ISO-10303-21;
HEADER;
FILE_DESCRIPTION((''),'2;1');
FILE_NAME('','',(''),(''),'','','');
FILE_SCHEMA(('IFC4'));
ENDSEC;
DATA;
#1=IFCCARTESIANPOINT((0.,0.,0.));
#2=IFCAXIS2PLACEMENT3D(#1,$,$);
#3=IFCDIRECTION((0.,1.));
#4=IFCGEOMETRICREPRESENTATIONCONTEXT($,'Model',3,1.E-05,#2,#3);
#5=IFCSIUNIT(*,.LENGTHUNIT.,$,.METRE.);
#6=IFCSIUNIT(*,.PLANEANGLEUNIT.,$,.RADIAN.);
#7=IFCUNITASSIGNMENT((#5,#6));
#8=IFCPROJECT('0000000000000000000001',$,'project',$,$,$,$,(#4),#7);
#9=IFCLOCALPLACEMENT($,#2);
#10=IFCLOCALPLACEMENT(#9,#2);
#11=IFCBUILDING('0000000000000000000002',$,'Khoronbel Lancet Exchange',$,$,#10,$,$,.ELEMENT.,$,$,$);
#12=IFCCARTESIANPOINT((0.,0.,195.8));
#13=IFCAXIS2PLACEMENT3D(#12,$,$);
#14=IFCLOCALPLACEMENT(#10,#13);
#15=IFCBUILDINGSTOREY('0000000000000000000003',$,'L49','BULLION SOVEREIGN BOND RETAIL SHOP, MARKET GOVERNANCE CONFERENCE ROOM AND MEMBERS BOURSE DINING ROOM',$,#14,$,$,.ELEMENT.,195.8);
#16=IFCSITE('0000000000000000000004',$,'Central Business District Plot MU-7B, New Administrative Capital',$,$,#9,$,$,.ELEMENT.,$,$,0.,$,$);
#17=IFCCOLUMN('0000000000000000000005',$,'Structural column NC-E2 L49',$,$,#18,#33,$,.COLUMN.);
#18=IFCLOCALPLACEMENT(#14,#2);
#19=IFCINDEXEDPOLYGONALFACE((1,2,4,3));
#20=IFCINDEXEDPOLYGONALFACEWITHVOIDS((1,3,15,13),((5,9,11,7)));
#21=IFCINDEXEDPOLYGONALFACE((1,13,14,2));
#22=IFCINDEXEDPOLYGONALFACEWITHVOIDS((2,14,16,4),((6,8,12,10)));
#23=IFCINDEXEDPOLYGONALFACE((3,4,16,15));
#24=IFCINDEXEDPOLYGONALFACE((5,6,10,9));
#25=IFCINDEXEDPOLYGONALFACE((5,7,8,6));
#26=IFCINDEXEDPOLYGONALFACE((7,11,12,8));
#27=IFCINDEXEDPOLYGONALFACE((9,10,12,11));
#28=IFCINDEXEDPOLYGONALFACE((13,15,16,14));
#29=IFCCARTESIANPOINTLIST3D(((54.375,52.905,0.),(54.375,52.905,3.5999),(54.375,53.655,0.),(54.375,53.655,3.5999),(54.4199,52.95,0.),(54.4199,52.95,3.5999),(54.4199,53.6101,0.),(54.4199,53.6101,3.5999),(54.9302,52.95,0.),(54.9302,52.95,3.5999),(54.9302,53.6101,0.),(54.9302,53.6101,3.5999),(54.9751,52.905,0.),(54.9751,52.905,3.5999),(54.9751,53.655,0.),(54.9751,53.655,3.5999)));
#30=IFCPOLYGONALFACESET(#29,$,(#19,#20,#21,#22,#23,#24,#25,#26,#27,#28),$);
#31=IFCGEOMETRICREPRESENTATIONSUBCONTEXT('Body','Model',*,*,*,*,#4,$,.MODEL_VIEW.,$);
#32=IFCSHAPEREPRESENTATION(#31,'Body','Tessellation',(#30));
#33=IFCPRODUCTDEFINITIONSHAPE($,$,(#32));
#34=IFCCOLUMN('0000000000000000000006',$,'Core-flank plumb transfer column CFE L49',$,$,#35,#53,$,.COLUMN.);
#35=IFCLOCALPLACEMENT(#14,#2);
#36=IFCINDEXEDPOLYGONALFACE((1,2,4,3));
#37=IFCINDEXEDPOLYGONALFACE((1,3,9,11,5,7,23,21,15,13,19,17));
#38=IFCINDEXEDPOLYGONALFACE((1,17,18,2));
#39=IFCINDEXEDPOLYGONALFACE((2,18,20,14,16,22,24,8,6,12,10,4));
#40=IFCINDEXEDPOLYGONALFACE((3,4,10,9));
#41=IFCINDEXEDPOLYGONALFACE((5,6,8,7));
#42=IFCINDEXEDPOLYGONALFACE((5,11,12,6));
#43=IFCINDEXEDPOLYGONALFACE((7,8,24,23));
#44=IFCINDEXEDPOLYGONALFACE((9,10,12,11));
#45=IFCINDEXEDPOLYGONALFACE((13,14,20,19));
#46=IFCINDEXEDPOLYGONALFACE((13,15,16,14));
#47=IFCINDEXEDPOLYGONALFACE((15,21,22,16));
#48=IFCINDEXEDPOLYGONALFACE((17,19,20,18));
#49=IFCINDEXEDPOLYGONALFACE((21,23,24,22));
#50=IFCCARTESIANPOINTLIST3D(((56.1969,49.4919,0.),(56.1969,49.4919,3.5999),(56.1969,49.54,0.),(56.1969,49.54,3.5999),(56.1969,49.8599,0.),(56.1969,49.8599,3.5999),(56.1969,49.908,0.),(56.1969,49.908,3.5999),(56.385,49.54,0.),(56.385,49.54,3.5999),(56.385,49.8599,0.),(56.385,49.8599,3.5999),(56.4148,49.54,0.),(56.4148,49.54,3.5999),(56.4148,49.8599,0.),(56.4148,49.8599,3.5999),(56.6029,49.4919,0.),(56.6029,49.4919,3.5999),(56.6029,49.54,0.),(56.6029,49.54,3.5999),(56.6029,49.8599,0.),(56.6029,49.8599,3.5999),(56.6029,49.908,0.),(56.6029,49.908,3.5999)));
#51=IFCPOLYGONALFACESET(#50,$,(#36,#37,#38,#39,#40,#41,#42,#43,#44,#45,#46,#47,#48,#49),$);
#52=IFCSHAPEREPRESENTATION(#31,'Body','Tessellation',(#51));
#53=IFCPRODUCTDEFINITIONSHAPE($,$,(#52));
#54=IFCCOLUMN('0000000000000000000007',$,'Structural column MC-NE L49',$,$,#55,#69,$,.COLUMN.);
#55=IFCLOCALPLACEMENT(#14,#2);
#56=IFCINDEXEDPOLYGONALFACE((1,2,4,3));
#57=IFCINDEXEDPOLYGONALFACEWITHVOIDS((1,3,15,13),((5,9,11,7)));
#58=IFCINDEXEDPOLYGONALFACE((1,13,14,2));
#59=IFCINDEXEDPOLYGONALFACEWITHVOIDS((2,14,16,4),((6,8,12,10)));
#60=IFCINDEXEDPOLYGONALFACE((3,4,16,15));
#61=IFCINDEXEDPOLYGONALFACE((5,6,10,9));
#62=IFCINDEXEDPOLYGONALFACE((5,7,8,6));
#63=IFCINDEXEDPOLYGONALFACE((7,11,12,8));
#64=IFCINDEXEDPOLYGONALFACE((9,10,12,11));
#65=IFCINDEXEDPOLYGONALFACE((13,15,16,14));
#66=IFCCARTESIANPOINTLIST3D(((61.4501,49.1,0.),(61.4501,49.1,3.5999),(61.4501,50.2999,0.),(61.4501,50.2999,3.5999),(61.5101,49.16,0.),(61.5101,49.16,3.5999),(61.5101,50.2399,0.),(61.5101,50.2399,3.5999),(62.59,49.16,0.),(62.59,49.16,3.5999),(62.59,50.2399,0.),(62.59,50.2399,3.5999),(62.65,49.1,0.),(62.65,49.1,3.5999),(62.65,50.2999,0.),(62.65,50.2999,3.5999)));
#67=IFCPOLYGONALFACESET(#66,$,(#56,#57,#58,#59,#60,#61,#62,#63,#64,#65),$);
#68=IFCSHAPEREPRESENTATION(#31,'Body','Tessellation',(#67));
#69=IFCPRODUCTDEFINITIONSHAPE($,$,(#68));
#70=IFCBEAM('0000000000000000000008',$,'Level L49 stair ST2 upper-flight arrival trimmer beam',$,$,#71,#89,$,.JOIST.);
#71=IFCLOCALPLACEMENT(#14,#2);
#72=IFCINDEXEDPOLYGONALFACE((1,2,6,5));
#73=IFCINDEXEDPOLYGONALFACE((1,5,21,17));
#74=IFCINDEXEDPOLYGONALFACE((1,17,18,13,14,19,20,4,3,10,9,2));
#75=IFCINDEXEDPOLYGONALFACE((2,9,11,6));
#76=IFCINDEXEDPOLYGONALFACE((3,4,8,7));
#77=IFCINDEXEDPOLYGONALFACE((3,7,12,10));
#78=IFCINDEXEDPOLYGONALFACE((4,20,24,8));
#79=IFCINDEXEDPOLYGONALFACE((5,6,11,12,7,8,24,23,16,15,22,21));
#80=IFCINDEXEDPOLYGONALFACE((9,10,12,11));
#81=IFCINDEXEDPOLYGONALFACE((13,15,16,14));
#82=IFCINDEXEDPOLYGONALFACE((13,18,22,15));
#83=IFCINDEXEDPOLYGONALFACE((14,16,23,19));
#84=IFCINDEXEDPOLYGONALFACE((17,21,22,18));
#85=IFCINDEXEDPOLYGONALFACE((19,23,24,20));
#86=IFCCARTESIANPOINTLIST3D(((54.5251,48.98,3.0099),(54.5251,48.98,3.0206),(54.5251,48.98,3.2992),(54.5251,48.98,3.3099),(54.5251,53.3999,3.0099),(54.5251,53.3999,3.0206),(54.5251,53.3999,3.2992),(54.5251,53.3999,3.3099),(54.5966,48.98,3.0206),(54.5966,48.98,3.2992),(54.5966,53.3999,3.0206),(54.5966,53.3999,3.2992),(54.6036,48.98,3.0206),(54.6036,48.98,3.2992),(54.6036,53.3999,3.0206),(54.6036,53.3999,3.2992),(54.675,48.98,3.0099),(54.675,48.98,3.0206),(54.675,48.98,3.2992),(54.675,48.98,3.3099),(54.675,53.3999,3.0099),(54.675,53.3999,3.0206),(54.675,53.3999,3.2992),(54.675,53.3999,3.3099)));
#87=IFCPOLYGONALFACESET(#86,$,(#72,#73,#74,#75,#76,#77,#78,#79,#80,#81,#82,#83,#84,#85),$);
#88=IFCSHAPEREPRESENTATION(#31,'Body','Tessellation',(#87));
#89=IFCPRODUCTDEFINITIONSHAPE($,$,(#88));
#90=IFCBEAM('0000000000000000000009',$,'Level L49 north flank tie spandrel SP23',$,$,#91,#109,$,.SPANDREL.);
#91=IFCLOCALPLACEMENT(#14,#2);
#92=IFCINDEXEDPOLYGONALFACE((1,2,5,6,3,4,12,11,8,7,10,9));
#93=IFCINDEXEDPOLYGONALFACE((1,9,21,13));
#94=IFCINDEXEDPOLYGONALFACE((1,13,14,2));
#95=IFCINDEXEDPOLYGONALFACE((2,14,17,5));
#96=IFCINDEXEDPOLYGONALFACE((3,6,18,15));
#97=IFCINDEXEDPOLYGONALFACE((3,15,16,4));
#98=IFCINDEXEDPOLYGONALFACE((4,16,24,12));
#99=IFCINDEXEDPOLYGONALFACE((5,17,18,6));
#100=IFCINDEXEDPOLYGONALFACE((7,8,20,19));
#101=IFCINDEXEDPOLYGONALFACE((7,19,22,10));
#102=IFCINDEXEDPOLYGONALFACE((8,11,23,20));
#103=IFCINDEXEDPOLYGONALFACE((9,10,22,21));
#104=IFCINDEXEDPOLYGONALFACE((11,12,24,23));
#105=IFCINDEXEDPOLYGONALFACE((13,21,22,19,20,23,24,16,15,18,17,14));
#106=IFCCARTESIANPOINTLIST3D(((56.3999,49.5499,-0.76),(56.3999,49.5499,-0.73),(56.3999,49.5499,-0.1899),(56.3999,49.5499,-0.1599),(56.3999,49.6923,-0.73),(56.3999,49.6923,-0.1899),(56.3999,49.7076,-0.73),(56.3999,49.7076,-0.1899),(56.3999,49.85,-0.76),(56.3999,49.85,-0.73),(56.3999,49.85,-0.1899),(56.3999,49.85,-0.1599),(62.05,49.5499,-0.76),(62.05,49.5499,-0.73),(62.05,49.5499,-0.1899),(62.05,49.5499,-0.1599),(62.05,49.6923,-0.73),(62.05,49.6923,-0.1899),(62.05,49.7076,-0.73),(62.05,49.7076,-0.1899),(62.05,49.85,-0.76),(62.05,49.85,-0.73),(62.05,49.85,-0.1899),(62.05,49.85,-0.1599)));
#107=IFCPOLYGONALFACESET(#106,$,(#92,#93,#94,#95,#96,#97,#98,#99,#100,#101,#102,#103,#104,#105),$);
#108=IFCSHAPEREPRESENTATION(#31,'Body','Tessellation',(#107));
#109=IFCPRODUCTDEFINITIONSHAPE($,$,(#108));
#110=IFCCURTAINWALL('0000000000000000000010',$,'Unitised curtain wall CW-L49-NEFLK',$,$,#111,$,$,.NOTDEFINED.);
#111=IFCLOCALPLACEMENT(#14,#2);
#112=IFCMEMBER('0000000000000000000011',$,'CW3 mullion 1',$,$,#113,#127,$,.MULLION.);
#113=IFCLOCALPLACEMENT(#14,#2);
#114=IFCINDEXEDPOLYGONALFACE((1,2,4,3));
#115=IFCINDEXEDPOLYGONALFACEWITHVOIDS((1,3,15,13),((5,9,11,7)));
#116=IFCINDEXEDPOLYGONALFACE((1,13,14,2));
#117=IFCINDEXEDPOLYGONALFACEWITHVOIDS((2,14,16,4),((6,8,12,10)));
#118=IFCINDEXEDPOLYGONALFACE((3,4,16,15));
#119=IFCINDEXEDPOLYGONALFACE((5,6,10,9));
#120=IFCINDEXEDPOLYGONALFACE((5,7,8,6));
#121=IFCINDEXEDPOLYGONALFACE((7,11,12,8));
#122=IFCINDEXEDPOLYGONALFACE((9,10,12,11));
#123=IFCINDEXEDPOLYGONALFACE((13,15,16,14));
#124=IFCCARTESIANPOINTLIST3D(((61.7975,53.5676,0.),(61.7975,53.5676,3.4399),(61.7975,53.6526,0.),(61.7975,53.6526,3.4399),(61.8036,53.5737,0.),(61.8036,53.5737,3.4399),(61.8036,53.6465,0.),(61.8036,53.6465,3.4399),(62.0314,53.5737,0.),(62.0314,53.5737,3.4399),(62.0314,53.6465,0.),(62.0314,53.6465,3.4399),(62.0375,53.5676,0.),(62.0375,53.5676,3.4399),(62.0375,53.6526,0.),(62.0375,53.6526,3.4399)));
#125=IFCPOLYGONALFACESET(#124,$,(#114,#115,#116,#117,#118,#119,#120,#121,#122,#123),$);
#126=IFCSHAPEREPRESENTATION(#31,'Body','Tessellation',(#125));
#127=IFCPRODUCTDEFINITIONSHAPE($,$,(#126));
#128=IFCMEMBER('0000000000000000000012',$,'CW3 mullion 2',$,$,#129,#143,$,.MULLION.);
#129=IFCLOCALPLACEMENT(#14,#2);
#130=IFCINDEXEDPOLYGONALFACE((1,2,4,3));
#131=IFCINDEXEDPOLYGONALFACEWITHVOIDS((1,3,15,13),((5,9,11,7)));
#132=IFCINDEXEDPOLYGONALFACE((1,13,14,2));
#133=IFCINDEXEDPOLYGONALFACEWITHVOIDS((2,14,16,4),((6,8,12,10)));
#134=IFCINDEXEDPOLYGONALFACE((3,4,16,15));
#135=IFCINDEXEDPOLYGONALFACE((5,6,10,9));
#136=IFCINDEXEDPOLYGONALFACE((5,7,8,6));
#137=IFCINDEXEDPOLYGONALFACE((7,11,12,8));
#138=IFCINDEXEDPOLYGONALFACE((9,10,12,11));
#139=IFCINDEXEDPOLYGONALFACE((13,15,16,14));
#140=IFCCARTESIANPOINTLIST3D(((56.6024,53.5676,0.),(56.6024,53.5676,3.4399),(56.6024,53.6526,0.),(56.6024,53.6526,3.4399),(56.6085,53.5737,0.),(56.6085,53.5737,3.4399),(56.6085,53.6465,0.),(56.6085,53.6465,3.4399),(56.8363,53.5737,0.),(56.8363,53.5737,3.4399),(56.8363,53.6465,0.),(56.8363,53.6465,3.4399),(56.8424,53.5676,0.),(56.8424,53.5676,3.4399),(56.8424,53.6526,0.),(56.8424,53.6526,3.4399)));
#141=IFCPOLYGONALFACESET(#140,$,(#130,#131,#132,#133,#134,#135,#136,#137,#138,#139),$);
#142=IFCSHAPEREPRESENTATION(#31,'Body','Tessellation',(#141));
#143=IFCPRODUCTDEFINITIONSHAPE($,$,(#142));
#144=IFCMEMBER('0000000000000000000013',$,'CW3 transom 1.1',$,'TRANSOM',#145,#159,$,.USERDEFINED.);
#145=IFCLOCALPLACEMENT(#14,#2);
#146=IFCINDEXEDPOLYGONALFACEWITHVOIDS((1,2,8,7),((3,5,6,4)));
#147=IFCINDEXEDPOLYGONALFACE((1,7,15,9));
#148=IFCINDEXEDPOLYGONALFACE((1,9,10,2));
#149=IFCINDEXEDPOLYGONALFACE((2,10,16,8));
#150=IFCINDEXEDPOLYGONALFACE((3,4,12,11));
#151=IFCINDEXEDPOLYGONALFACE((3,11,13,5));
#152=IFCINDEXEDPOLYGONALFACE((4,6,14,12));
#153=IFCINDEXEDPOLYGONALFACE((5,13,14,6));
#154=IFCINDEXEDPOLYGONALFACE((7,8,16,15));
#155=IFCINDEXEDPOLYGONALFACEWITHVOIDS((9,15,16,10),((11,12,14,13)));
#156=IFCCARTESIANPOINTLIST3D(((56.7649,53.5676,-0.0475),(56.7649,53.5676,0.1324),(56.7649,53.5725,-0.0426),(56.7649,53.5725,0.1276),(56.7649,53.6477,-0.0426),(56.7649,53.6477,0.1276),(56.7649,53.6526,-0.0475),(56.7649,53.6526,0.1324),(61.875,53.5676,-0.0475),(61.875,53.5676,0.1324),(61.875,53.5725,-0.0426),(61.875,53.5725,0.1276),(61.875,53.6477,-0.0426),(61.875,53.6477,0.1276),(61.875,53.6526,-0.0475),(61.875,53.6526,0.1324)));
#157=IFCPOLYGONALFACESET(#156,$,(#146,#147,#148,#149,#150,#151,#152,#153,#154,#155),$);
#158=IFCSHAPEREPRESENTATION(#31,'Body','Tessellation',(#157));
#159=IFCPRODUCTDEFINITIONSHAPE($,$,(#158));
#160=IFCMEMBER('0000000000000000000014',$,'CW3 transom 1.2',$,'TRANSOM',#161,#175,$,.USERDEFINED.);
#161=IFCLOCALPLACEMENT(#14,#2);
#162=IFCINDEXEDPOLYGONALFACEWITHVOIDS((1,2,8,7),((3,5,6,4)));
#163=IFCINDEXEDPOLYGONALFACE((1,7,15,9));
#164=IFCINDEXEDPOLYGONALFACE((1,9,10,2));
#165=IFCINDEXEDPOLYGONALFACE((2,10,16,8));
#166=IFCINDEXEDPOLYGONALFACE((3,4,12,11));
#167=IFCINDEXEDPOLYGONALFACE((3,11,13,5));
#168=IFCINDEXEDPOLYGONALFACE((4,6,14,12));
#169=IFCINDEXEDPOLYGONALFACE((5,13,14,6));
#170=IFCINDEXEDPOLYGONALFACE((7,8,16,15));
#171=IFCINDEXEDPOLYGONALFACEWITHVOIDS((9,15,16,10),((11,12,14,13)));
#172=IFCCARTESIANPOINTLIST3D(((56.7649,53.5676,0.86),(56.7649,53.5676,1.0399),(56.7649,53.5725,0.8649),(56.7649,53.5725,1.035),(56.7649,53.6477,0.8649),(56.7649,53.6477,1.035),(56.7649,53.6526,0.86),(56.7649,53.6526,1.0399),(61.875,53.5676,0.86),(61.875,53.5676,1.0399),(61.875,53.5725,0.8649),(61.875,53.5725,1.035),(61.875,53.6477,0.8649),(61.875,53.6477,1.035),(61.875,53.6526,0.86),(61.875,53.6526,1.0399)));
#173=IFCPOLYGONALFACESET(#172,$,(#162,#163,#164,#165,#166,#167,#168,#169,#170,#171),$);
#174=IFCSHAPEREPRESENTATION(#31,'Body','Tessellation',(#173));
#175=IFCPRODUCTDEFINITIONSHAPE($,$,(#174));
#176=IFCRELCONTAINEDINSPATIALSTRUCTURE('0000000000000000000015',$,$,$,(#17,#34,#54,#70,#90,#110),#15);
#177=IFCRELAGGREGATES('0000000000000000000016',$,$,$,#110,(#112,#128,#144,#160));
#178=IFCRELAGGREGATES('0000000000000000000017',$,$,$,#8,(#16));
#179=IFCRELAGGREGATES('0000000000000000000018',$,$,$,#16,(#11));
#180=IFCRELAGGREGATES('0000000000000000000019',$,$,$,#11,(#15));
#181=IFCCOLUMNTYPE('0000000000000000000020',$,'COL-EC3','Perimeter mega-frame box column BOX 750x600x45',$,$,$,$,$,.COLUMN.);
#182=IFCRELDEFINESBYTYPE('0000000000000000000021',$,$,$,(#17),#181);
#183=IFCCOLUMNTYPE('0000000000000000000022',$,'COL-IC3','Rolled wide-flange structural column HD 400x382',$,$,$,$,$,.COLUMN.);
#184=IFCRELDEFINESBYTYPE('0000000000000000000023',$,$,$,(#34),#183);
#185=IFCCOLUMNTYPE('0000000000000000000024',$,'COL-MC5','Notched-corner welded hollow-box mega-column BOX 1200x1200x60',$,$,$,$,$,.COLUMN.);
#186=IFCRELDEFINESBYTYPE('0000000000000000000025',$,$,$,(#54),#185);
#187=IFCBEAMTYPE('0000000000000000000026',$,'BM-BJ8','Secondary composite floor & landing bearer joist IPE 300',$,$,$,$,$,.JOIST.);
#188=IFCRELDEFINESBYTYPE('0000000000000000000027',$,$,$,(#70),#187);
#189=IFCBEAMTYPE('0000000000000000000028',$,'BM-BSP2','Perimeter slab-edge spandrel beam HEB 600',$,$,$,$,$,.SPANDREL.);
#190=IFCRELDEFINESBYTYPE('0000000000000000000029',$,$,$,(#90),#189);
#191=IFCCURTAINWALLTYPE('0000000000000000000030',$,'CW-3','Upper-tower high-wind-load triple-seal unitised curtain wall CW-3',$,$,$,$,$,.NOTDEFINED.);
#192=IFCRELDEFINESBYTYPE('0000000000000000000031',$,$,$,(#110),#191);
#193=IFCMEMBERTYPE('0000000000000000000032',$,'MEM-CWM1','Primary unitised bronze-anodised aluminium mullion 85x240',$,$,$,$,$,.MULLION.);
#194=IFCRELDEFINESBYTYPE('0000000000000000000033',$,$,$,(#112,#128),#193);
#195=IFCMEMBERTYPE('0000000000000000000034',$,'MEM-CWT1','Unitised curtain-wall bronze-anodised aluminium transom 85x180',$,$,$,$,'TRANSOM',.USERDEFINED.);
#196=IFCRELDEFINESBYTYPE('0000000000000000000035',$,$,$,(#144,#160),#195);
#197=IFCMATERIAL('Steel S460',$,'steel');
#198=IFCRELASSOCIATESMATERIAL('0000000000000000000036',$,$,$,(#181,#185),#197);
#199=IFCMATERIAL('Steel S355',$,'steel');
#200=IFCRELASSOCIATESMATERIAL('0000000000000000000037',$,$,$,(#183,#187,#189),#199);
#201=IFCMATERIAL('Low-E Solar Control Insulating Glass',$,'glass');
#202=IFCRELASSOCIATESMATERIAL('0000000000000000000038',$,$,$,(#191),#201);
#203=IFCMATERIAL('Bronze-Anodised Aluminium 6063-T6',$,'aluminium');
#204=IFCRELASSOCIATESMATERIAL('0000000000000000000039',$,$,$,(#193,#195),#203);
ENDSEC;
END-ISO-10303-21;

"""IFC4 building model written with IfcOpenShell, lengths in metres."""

from ifc_helpers import new_model, si_unit, direction, frame, origin, origin_2d, place, context, subcontext, project, spatial, hollow_rectangle, i_section, extrude, material, material_profile, profile_set, type_object, element, aggregate, save


model = new_model("IFC4")

# Units and contexts
model_context = context("Model", 3, precision=1e-05, world=origin(), true_north=direction((0.0, 1.0)))
body_context = subcontext(model_context, "Body", "Model", "MODEL_VIEW")
ifc_project = project(units=[si_unit("LENGTHUNIT", "METRE"), si_unit("PLANEANGLEUNIT", "RADIAN")], contexts=[model_context])

# Site, building, storey
site_placement = place(None, origin())
site = spatial("IfcSite", under=ifc_project, at=site_placement, Name="Central Business District Plot MU-7B, New Administrative Capital", CompositionType="ELEMENT", RefElevation=0.0)
building_placement = place(site_placement, origin())
building = spatial("IfcBuilding", under=site, at=building_placement, Name="Khoronbel Lancet Exchange", CompositionType="ELEMENT")
storey_placement = place(building_placement, frame((0.0, 0.0, 195.8)))
storey = spatial("IfcBuildingStorey", under=building, at=storey_placement, Name="L49", Description="BULLION SOVEREIGN BOND RETAIL SHOP, MARKET GOVERNANCE CONFERENCE ROOM AND MEMBERS BOURSE DINING ROOM", CompositionType="ELEMENT", Elevation=195.8)

# Columns
ifc_material_1 = material(Name="Steel S460", Category="steel")
ifc_material_profile_1 = material_profile(ifc_material_1, hollow_rectangle(XDim=0.6001, YDim=0.75, WallThickness=0.0449, at=origin_2d()), Name="BOX 750x600x45")
ifc_profile_set_1 = profile_set([ifc_material_profile_1], Name="Steel S460")
column_type_1 = type_object("IfcColumnType", Name="COL-EC3", Description="Perimeter mega-frame box column BOX 750x600x45", PredefinedType="COLUMN", material=ifc_profile_set_1)
column_1_placement = place(storey_placement, frame((54.675, 53.28, 0.0), z_axis=(0.0, 0.0, 1.0), x_axis=(1.0, 0.0, 0.0)))
element("IfcColumn", 1, at=column_1_placement, inside=storey, type_object=column_type_1, Name="Structural column NC-E2 L49", PredefinedType="COLUMN", context=body_context, shape_type="SweptSolid", body=[
    extrude(hollow_rectangle(XDim=0.6001, YDim=0.75, WallThickness=0.0449, at=origin_2d()), origin(), (0.0, 0.0, 1.0), 3.5999),
])
ifc_material_2 = material(Name="Steel S355", Category="steel")
ifc_material_profile_2 = material_profile(ifc_material_2, i_section(OverallWidth=0.406, OverallDepth=0.416, WebThickness=0.0298, FlangeThickness=0.0481, at=origin_2d()), Name="HD 400x382")
ifc_profile_set_2 = profile_set([ifc_material_profile_2], Name="Steel S355")
column_type_2 = type_object("IfcColumnType", Name="COL-IC3", Description="Rolled wide-flange structural column HD 400x382", PredefinedType="COLUMN", material=ifc_profile_set_2)
column_2_placement = place(storey_placement, frame((56.3999, 49.7, 0.0), z_axis=(0.0, 0.0, 1.0), x_axis=(1.0, 0.0, 0.0)))
element("IfcColumn", 2, at=column_2_placement, inside=storey, type_object=column_type_2, Name="Core-flank plumb transfer column CFE L49", PredefinedType="COLUMN", context=body_context, shape_type="SweptSolid", body=[
    extrude(i_section(OverallWidth=0.406, OverallDepth=0.416, WebThickness=0.0298, FlangeThickness=0.0481, at=origin_2d()), origin(), (0.0, 0.0, 1.0), 3.5999),
])
ifc_material_profile_3 = material_profile(ifc_material_1, hollow_rectangle(XDim=1.2, YDim=1.2, WallThickness=0.0601, at=origin_2d()), Name="BOX 1200x1200x60")
ifc_profile_set_3 = profile_set([ifc_material_profile_3], Name="Steel S460")
column_type_3 = type_object("IfcColumnType", Name="COL-MC5", Description="Notched-corner welded hollow-box mega-column BOX 1200x1200x60", PredefinedType="COLUMN", material=ifc_profile_set_3)
column_3_placement = place(storey_placement, frame((62.05, 49.7, 0.0), z_axis=(0.0, 0.0, 1.0), x_axis=(1.0, 0.0, 0.0)))
element("IfcColumn", 3, at=column_3_placement, inside=storey, type_object=column_type_3, Name="Structural column MC-NE L49", PredefinedType="COLUMN", context=body_context, shape_type="SweptSolid", body=[
    extrude(hollow_rectangle(XDim=1.2, YDim=1.2, WallThickness=0.0601, at=origin_2d()), origin(), (0.0, 0.0, 1.0), 3.5999),
])

# Beams
ifc_material_profile_4 = material_profile(ifc_material_2, i_section(OverallWidth=0.1499, OverallDepth=0.3, WebThickness=0.0071, FlangeThickness=0.0107, at=origin_2d()), Name="IPE 300")
ifc_profile_set_4 = profile_set([ifc_material_profile_4], Name="Steel S355")
beam_type_1 = type_object("IfcBeamType", Name="BM-BJ8", Description="Secondary composite floor & landing bearer joist IPE 300", PredefinedType="JOIST", material=ifc_profile_set_4)
beam_1_placement = place(storey_placement, frame((54.6001, 48.98, 3.1599), z_axis=(0.0, 1.0, 0.0), x_axis=(-1.0, 0.0, 0.0)))
element("IfcBeam", 4, at=beam_1_placement, inside=storey, type_object=beam_type_1, Name="Level L49 stair ST2 upper-flight arrival trimmer beam", PredefinedType="JOIST", context=body_context, shape_type="SweptSolid", body=[
    extrude(i_section(OverallWidth=0.1499, OverallDepth=0.3, WebThickness=0.0071, FlangeThickness=0.0107, at=origin_2d()), origin(), (0.0, 0.0, 1.0), 4.4199),
])
ifc_material_profile_5 = material_profile(ifc_material_2, i_section(OverallWidth=0.3, OverallDepth=0.6001, WebThickness=0.0154, FlangeThickness=0.03, at=origin_2d()), Name="HEB 600")
ifc_profile_set_5 = profile_set([ifc_material_profile_5], Name="Steel S355")
beam_type_2 = type_object("IfcBeamType", Name="BM-BSP2", Description="Perimeter slab-edge spandrel beam HEB 600", PredefinedType="SPANDREL", material=ifc_profile_set_5)
beam_2_placement = place(storey_placement, frame((62.05, 49.7, -0.46), z_axis=(-1.0, 0.0, 0.0), x_axis=(0.0, -1.0, 0.0)))
element("IfcBeam", 5, at=beam_2_placement, inside=storey, type_object=beam_type_2, Name="Level L49 north flank tie spandrel SP23", PredefinedType="SPANDREL", context=body_context, shape_type="SweptSolid", body=[
    extrude(i_section(OverallWidth=0.3, OverallDepth=0.6001, WebThickness=0.0154, FlangeThickness=0.03, at=origin_2d()), origin(), (0.0, 0.0, 1.0), 5.6501),
])

# Curtain wall, members
ifc_material_3 = material(Name="Low-E Solar Control Insulating Glass", Category="glass")
curtain_wall_type = type_object("IfcCurtainWallType", Name="CW-3", Description="Upper-tower high-wind-load triple-seal unitised curtain wall CW-3", PredefinedType="NOTDEFINED", material=ifc_material_3)
curtain_wall_placement = place(storey_placement, origin())
curtain_wall = element("IfcCurtainWall", 6, at=curtain_wall_placement, inside=storey, type_object=curtain_wall_type, Name="Unitised curtain wall CW-L49-NEFLK", PredefinedType="NOTDEFINED")
ifc_material_4 = material(Name="Bronze-Anodised Aluminium 6063-T6", Category="aluminium")
ifc_material_profile_6 = material_profile(ifc_material_4, hollow_rectangle(XDim=0.085, YDim=0.24, WallThickness=0.0061, at=origin_2d()), Name="ALU MULLION 85x240")
ifc_profile_set_6 = profile_set([ifc_material_profile_6], Name="Bronze-Anodised Aluminium 6063-T6")
member_type_1 = type_object("IfcMemberType", Name="MEM-CWM1", Description="Primary unitised bronze-anodised aluminium mullion 85x240", PredefinedType="MULLION", material=ifc_profile_set_6)
member_1_placement = place(storey_placement, frame((61.9175, 53.6101, 0.0), z_axis=(0.0, 0.0, 1.0), x_axis=(0.0, -1.0, 0.0)))
member_1 = element("IfcMember", 7, at=member_1_placement, type_object=member_type_1, Name="CW3 mullion 1", PredefinedType="MULLION", context=body_context, shape_type="SweptSolid", body=[
    extrude(hollow_rectangle(XDim=0.085, YDim=0.24, WallThickness=0.0061, at=origin_2d()), origin(), (0.0, 0.0, 1.0), 3.4399),
])
member_2_placement = place(storey_placement, frame((56.7224, 53.6101, 0.0), z_axis=(0.0, 0.0, 1.0), x_axis=(0.0, -1.0, 0.0)))
member_2 = element("IfcMember", 8, at=member_2_placement, type_object=member_type_1, Name="CW3 mullion 2", PredefinedType="MULLION", context=body_context, shape_type="SweptSolid", body=[
    extrude(hollow_rectangle(XDim=0.085, YDim=0.24, WallThickness=0.0061, at=origin_2d()), origin(), (0.0, 0.0, 1.0), 3.4399),
])
ifc_material_profile_7 = material_profile(ifc_material_4, hollow_rectangle(XDim=0.085, YDim=0.1799, WallThickness=0.0049, at=origin_2d()), Name="ALU TRANSOM 85x180")
ifc_profile_set_7 = profile_set([ifc_material_profile_7], Name="Bronze-Anodised Aluminium 6063-T6")
member_type_2 = type_object("IfcMemberType", Name="MEM-CWT1", Description="Unitised curtain-wall bronze-anodised aluminium transom 85x180", ElementType="TRANSOM", PredefinedType="USERDEFINED", material=ifc_profile_set_7)
member_3_placement = place(storey_placement, frame((61.875, 53.6101, 0.0425), z_axis=(-1.0, 0.0, 0.0), x_axis=(0.0, -1.0, 0.0)))
member_3 = element("IfcMember", 9, at=member_3_placement, type_object=member_type_2, Name="CW3 transom 1.1", ObjectType="TRANSOM", PredefinedType="USERDEFINED", context=body_context, shape_type="SweptSolid", body=[
    extrude(hollow_rectangle(XDim=0.085, YDim=0.1799, WallThickness=0.0049, at=origin_2d()), origin(), (0.0, 0.0, 1.0), 5.1101),
])
member_4_placement = place(storey_placement, frame((61.875, 53.6101, 0.95), z_axis=(-1.0, 0.0, 0.0), x_axis=(0.0, -1.0, 0.0)))
member_4 = element("IfcMember", 10, at=member_4_placement, type_object=member_type_2, Name="CW3 transom 1.2", ObjectType="TRANSOM", PredefinedType="USERDEFINED", context=body_context, shape_type="SweptSolid", body=[
    extrude(hollow_rectangle(XDim=0.085, YDim=0.1799, WallThickness=0.0049, at=origin_2d()), origin(), (0.0, 0.0, 1.0), 5.1101),
])
aggregate(curtain_wall, [member_1, member_2, member_3, member_4])

save(model, "model.ifc")
